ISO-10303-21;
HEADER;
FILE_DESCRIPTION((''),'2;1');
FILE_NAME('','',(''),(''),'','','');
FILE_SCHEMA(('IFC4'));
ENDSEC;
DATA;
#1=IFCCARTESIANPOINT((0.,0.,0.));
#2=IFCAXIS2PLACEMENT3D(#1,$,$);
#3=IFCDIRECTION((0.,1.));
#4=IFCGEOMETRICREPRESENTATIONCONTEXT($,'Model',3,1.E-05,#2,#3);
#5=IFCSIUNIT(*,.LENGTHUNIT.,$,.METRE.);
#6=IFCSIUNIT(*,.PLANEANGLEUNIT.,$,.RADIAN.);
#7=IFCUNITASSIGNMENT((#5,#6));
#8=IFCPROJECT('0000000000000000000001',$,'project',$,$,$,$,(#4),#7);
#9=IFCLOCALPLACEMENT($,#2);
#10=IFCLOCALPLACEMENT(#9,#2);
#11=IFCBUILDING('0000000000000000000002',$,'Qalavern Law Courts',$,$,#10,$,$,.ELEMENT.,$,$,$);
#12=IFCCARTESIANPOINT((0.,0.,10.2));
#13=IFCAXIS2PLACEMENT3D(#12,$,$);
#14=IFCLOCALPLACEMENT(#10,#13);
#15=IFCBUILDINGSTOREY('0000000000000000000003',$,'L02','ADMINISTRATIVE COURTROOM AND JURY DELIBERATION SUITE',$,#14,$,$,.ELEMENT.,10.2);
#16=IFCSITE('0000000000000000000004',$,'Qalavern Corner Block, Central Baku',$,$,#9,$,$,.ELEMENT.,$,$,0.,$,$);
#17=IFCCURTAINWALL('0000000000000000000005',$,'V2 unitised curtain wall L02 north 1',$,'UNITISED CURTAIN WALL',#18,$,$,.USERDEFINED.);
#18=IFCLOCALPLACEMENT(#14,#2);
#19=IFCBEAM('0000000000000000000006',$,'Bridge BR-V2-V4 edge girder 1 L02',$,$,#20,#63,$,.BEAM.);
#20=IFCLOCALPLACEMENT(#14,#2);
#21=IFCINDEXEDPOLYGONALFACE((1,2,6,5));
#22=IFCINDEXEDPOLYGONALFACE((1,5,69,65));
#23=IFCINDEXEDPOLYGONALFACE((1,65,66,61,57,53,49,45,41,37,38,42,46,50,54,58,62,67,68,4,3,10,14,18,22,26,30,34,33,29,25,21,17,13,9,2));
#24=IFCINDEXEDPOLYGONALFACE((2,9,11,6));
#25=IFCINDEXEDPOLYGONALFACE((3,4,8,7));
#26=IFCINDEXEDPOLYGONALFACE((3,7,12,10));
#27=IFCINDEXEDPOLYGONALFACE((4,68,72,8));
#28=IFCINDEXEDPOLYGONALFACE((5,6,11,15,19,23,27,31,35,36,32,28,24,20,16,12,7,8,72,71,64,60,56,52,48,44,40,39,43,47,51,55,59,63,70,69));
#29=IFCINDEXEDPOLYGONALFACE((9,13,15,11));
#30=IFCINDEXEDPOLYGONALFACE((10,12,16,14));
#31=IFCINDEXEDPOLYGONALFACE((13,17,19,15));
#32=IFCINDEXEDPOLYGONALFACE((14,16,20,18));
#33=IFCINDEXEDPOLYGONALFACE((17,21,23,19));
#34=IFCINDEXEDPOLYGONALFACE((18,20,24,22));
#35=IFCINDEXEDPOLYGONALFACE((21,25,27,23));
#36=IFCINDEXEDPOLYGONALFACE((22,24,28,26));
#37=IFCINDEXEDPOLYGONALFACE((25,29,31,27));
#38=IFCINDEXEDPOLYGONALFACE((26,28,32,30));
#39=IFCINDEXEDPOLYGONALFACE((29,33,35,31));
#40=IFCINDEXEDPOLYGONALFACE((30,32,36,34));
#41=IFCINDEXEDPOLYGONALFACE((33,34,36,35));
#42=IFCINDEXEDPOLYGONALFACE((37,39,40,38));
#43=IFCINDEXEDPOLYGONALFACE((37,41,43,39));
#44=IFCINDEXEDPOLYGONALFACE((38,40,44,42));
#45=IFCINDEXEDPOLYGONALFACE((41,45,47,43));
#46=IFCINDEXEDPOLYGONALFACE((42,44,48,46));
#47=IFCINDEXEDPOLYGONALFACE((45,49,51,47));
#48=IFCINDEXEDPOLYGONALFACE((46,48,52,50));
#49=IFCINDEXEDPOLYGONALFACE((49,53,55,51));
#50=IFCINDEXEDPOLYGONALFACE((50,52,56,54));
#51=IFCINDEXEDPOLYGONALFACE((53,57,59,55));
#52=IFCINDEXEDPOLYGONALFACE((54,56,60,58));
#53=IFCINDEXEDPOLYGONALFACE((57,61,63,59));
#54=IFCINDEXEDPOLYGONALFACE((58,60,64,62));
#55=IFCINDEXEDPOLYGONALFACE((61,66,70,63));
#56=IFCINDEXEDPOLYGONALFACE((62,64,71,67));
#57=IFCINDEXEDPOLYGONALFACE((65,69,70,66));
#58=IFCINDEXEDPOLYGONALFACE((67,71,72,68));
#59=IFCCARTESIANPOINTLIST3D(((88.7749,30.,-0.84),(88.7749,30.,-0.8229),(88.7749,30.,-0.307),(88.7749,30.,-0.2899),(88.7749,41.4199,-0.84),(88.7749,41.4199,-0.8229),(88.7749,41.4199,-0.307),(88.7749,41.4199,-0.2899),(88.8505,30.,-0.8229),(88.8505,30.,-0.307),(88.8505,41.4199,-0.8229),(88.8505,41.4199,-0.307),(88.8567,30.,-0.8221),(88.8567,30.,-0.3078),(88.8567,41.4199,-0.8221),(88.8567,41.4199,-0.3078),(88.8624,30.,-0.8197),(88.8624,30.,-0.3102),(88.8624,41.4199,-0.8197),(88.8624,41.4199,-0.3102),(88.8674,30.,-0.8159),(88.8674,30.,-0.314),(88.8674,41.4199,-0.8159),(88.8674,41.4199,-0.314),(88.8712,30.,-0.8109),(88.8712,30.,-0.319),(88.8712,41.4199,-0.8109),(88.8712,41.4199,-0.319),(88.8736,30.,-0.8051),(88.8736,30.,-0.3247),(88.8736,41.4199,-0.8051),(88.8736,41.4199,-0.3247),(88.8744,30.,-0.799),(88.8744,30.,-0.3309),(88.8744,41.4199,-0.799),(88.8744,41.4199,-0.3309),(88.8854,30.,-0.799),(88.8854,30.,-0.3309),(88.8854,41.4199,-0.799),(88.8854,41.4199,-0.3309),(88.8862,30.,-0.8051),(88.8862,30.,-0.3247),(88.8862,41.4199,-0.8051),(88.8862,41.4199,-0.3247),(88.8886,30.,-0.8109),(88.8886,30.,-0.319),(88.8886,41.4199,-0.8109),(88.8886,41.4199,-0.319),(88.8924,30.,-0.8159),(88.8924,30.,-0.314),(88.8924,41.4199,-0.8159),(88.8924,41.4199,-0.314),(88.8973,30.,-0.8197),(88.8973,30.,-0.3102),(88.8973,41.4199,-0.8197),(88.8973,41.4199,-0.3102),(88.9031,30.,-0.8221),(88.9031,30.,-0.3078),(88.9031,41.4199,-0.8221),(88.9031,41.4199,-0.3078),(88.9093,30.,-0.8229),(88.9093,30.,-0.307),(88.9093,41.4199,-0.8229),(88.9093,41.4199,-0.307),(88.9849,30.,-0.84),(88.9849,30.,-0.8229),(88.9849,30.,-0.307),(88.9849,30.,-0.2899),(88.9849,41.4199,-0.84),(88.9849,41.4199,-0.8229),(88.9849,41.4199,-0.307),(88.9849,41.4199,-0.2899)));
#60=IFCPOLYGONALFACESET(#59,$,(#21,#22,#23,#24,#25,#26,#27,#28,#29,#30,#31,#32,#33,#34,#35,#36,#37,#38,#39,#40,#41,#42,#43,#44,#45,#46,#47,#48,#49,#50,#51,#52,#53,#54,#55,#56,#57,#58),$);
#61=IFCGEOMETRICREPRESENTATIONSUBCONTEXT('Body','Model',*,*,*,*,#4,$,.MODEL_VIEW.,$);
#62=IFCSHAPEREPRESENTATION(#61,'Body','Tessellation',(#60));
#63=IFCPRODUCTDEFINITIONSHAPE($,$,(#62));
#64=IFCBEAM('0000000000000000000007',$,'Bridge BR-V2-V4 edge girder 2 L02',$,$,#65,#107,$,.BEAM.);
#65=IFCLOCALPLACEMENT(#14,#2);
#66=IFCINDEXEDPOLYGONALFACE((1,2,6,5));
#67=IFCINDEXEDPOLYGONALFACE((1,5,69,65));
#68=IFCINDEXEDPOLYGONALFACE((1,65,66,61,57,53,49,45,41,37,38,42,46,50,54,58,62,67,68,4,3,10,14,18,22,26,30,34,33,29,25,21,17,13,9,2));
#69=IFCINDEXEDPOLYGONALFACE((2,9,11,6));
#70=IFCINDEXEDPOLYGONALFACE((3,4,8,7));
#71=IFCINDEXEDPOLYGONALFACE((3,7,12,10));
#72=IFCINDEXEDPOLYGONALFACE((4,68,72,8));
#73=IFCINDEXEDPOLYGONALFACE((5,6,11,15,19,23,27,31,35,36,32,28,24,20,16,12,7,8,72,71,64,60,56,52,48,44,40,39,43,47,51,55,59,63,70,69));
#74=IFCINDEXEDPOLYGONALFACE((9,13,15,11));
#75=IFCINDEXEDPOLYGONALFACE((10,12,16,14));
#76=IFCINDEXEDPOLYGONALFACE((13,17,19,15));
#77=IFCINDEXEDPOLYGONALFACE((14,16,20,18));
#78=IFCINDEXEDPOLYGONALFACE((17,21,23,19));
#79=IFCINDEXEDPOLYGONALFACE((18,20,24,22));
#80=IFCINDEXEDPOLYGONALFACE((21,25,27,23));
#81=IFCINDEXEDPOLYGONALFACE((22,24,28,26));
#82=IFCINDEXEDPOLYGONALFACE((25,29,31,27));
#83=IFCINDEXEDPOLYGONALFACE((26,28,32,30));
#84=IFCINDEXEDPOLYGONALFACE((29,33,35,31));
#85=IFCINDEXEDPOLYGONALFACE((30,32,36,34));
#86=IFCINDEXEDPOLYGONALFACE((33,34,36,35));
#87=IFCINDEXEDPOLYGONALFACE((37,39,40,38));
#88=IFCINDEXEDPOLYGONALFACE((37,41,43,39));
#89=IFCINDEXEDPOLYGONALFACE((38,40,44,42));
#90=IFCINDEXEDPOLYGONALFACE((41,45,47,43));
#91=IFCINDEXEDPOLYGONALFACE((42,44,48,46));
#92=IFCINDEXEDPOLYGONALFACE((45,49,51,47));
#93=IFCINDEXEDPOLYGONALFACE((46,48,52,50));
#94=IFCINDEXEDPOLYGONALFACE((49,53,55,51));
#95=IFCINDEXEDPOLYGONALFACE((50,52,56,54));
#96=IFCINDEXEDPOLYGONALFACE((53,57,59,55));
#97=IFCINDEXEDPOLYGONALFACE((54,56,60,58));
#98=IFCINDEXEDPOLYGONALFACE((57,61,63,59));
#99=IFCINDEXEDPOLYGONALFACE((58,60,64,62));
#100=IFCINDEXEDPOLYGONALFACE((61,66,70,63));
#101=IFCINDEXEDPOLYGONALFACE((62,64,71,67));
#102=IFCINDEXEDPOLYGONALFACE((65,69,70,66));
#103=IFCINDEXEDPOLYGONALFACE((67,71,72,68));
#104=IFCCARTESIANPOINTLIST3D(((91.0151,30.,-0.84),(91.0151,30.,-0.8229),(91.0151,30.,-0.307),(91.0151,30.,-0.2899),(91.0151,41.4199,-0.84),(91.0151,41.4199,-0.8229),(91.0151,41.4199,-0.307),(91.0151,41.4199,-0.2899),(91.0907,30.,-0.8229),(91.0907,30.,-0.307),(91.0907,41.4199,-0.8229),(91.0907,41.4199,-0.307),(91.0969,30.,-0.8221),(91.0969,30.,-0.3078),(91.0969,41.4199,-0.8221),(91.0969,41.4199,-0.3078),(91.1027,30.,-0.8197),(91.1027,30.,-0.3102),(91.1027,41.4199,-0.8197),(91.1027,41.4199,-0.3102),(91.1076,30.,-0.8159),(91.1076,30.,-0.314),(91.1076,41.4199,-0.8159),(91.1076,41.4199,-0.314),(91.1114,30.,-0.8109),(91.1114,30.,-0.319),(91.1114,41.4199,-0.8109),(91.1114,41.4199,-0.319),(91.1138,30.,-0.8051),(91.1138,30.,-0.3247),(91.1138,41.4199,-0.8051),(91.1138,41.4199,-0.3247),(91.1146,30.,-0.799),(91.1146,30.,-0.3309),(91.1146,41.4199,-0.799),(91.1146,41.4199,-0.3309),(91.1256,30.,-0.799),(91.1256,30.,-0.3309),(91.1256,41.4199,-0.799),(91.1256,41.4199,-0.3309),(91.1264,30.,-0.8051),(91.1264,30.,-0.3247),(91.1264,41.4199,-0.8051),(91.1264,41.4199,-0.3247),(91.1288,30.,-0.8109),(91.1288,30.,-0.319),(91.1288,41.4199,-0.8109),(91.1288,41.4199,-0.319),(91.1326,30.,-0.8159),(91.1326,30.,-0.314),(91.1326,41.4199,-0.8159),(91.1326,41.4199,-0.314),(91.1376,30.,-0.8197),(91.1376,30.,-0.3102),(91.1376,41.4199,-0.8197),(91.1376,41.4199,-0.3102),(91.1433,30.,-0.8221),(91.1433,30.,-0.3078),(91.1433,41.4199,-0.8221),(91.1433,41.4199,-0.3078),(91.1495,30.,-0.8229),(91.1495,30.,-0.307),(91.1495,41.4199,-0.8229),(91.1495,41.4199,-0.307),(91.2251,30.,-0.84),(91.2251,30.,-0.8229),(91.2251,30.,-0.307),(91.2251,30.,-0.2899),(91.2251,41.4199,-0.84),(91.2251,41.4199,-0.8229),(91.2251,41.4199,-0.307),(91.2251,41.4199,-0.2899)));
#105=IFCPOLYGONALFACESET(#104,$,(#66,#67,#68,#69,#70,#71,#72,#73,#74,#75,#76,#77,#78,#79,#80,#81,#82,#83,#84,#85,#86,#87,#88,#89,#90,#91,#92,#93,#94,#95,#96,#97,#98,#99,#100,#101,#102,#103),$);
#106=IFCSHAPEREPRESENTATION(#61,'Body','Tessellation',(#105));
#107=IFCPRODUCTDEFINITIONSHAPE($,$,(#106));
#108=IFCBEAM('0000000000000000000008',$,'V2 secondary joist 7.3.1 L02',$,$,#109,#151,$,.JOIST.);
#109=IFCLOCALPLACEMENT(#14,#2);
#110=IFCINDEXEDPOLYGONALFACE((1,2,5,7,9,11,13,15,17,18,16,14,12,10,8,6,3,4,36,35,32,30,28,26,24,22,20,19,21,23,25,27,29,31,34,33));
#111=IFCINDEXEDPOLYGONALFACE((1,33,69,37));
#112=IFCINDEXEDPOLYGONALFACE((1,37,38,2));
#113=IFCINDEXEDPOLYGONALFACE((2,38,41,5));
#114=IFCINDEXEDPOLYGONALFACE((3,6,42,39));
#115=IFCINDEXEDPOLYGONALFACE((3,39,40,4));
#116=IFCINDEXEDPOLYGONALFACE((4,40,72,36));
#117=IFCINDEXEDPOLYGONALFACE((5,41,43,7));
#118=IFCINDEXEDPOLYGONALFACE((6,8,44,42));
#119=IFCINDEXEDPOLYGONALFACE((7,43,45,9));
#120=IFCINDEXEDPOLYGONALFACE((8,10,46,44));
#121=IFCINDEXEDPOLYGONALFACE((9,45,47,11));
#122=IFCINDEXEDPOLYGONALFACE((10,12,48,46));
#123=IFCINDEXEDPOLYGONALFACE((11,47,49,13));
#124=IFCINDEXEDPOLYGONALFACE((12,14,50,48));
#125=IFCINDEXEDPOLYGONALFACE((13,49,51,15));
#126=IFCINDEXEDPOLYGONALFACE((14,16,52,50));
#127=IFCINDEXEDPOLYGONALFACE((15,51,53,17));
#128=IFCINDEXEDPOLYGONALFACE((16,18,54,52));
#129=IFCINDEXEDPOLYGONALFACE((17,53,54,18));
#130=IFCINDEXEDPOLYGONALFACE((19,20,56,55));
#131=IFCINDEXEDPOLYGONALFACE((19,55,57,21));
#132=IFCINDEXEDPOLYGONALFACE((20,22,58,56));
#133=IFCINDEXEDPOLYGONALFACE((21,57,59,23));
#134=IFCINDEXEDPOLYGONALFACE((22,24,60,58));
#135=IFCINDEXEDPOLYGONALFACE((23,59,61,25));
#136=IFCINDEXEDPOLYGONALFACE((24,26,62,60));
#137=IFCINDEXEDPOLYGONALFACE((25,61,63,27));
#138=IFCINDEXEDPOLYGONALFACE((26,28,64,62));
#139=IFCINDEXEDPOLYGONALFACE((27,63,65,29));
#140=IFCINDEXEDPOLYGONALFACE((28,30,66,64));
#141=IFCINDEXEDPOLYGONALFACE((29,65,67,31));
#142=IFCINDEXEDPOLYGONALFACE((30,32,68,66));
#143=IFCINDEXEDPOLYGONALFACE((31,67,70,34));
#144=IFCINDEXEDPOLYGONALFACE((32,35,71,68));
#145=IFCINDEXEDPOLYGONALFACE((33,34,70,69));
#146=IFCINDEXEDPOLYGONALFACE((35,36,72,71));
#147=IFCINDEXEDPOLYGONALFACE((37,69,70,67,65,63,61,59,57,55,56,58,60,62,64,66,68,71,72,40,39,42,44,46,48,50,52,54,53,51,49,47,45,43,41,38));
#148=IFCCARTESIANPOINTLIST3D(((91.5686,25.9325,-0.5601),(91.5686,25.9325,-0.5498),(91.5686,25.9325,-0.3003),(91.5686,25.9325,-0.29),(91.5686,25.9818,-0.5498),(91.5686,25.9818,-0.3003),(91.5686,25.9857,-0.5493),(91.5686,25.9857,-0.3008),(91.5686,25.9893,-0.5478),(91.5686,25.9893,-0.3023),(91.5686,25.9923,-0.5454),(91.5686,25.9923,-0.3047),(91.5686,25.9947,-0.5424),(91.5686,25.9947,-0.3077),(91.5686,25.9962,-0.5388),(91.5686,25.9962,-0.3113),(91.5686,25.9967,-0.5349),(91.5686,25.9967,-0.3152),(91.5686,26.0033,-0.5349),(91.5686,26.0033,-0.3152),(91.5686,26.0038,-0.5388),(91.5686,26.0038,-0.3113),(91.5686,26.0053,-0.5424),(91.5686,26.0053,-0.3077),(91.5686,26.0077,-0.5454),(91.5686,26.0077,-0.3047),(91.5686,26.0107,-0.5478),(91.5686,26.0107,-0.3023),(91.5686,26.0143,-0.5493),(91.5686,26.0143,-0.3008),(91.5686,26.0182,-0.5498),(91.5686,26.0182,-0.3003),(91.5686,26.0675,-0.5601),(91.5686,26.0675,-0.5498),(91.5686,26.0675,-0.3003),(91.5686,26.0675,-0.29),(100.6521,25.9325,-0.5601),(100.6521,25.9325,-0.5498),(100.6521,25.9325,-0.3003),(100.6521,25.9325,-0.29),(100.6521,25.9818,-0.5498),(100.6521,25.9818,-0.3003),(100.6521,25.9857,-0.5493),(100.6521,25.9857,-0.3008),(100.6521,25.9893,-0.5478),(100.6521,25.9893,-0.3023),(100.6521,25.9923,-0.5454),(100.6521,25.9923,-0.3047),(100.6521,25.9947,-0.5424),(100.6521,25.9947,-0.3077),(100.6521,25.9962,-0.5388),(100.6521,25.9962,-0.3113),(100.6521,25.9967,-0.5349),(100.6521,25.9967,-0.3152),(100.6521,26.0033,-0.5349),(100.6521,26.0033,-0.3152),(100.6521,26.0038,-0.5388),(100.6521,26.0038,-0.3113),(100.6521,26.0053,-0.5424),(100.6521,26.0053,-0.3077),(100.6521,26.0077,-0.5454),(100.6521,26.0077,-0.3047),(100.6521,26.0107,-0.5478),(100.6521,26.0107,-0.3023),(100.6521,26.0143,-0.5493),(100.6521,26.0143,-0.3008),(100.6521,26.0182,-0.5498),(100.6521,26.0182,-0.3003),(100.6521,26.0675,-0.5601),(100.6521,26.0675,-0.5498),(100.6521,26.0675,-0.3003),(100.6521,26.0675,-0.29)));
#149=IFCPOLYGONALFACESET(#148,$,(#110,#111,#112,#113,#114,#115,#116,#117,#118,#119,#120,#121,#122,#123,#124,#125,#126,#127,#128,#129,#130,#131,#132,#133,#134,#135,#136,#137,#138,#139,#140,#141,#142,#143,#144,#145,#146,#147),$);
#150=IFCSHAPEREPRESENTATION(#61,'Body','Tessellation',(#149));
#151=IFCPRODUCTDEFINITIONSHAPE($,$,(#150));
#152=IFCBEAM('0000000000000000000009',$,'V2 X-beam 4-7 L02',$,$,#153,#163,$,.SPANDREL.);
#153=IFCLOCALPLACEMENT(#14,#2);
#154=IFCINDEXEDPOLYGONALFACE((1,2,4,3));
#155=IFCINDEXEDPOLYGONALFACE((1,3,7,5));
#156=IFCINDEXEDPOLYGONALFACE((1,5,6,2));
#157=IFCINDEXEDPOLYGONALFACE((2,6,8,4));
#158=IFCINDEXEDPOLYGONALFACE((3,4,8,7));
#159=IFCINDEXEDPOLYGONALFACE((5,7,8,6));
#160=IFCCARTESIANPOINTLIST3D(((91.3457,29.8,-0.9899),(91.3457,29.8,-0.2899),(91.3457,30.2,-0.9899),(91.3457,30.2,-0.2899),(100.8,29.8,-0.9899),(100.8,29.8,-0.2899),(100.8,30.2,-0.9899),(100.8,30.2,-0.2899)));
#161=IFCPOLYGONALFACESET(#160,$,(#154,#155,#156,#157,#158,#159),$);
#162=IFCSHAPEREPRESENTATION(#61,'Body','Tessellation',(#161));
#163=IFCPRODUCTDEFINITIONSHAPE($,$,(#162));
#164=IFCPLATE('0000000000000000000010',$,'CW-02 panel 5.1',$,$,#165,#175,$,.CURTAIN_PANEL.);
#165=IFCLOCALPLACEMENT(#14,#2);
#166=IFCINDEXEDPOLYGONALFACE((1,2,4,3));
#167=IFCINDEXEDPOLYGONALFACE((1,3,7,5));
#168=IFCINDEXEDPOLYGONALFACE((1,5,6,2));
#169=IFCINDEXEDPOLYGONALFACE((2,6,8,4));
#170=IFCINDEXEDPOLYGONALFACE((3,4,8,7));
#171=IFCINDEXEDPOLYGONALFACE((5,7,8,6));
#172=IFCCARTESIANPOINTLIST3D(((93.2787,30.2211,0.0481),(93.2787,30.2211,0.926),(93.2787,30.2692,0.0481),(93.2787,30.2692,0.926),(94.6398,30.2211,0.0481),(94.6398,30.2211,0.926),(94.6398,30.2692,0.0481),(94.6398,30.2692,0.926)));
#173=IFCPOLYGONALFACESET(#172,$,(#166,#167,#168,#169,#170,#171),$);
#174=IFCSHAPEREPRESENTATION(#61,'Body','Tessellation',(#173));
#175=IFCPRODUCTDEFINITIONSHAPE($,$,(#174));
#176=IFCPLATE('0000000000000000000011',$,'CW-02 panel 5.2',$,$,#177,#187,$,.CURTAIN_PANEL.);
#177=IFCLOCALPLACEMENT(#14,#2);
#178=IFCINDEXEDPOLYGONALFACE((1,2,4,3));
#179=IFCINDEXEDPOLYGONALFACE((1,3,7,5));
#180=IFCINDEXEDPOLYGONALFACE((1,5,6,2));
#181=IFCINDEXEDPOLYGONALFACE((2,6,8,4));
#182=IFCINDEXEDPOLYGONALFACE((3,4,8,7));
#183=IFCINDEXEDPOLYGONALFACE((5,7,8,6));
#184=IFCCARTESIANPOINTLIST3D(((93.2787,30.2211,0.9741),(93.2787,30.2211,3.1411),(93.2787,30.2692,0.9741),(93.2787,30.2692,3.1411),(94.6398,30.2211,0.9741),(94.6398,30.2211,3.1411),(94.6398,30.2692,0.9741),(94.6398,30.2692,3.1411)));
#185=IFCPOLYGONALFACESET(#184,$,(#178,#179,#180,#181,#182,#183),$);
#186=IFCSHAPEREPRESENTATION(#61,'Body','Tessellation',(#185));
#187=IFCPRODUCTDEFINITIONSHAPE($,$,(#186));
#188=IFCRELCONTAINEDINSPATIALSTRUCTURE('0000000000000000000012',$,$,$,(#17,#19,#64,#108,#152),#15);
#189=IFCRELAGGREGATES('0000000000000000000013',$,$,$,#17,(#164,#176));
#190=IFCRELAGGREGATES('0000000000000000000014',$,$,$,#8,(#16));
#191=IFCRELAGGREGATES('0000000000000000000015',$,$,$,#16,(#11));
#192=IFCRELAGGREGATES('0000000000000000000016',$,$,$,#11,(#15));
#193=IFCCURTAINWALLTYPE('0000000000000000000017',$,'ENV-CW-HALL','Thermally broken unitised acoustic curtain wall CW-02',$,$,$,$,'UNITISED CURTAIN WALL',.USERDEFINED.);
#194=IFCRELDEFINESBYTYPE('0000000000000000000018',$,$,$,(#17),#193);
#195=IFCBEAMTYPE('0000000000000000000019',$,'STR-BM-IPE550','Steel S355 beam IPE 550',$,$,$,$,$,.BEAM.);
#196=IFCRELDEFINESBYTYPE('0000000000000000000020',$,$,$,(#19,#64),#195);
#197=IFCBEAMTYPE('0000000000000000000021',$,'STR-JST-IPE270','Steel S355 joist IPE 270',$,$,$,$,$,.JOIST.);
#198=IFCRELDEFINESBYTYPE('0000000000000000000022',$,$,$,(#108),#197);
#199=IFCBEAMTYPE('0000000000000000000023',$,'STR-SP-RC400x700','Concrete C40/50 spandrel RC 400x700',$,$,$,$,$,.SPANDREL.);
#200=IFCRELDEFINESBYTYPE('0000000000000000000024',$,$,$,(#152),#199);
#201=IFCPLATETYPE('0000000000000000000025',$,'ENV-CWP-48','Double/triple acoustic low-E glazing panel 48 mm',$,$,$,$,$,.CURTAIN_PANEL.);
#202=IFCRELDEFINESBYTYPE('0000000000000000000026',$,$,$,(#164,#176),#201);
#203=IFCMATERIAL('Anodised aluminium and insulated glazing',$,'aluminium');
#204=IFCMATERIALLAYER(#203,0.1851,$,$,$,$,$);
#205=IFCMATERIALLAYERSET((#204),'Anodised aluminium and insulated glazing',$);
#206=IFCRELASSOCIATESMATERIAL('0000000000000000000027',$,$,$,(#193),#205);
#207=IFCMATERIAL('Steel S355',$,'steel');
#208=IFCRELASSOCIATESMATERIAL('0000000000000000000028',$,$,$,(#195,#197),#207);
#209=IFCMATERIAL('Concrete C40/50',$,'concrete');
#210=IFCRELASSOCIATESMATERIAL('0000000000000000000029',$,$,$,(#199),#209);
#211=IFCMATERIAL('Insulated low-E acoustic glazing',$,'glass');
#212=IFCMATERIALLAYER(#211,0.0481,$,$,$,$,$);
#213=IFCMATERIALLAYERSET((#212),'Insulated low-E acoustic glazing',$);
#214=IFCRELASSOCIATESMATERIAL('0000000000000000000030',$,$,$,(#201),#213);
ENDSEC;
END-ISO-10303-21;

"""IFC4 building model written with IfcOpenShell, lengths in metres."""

from ifc_helpers import new_model, si_unit, direction, frame, origin, origin_2d, place, context, subcontext, project, spatial, rectangle, i_section, extrude, material, layer, layer_set, material_profile, profile_set, type_object, element, aggregate, save


model = new_model("IFC4")

# Units and contexts
model_context = context("Model", 3, precision=1e-05, world=origin(), true_north=direction((0.0, 1.0)))
body_context = subcontext(model_context, "Body", "Model", "MODEL_VIEW")
ifc_project = project(units=[si_unit("LENGTHUNIT", "METRE"), si_unit("PLANEANGLEUNIT", "RADIAN")], contexts=[model_context])

# Site, building, storey
site_placement = place(None, origin())
site = spatial("IfcSite", under=ifc_project, at=site_placement, Name="Qalavern Corner Block, Central Baku", CompositionType="ELEMENT", RefElevation=0.0)
building_placement = place(site_placement, origin())
building = spatial("IfcBuilding", under=site, at=building_placement, Name="Qalavern Law Courts", CompositionType="ELEMENT")
storey_placement = place(building_placement, frame((0.0, 0.0, 10.2)))
storey = spatial("IfcBuildingStorey", under=building, at=storey_placement, Name="L02", Description="ADMINISTRATIVE COURTROOM AND JURY DELIBERATION SUITE", CompositionType="ELEMENT", Elevation=10.2)

# Curtain wall
ifc_material_1 = material(Name="Anodised aluminium and insulated glazing", Category="aluminium")
ifc_layer_1 = layer(ifc_material_1, 0.1851)
ifc_layer_set_1 = layer_set([ifc_layer_1], Name="Anodised aluminium and insulated glazing")
curtain_wall_type = type_object("IfcCurtainWallType", Name="ENV-CW-HALL", Description="Thermally broken unitised acoustic curtain wall CW-02", ElementType="UNITISED CURTAIN WALL", PredefinedType="USERDEFINED", material=ifc_layer_set_1)
curtain_wall_placement = place(storey_placement, origin())
curtain_wall = element("IfcCurtainWall", 1, at=curtain_wall_placement, inside=storey, type_object=curtain_wall_type, Name="V2 unitised curtain wall L02 north 1", ObjectType="UNITISED CURTAIN WALL", PredefinedType="USERDEFINED")

# Beams
ifc_material_2 = material(Name="Steel S355", Category="steel")
ifc_material_profile_1 = material_profile(ifc_material_2, i_section(OverallWidth=0.21, OverallDepth=0.55, WebThickness=0.011, FlangeThickness=0.0171, FilletRadius=0.0239, at=origin_2d()), Name="IPE 550")
ifc_profile_set_1 = profile_set([ifc_material_profile_1], Name="Steel S355")
beam_type_1 = type_object("IfcBeamType", Name="STR-BM-IPE550", Description="Steel S355 beam IPE 550", PredefinedType="BEAM", material=ifc_profile_set_1)
for number, where, z_axis, x_axis, name in (
    (2, (88.8799, 30.0, -0.5649), (0.0, 1.0, 0.0), (-1.0, 0.0, 0.0), "Bridge BR-V2-V4 edge girder 1 L02"),
    (3, (91.1201, 30.0, -0.5649), (0.0, 1.0, 0.0), (-1.0, 0.0, 0.0), "Bridge BR-V2-V4 edge girder 2 L02"),
):
    element("IfcBeam", number, at=place(storey_placement, frame(where, z_axis=z_axis, x_axis=x_axis)), inside=storey, type_object=beam_type_1, Name=name, PredefinedType="BEAM", context=body_context, shape_type="SweptSolid", body=[
        extrude(i_section(OverallWidth=0.21, OverallDepth=0.55, WebThickness=0.011, FlangeThickness=0.0171, FilletRadius=0.0239, at=origin_2d()), origin(), (0.0, 0.0, 1.0), 11.4199),
    ])
ifc_material_profile_2 = material_profile(ifc_material_2, i_section(OverallWidth=0.135, OverallDepth=0.27, WebThickness=0.0066, FlangeThickness=0.0103, FilletRadius=0.0149, at=origin_2d()), Name="IPE 270")
ifc_profile_set_2 = profile_set([ifc_material_profile_2], Name="Steel S355")
beam_type_2 = type_object("IfcBeamType", Name="STR-JST-IPE270", Description="Steel S355 joist IPE 270", PredefinedType="JOIST", material=ifc_profile_set_2)
beam_1_placement = place(storey_placement, frame((91.5686, 26.0, -0.425), z_axis=(1.0, 0.0, 0.0), x_axis=(0.0, 1.0, 0.0)))
element("IfcBeam", 4, at=beam_1_placement, inside=storey, type_object=beam_type_2, Name="V2 secondary joist 7.3.1 L02", PredefinedType="JOIST", context=body_context, shape_type="SweptSolid", body=[
    extrude(i_section(OverallWidth=0.135, OverallDepth=0.27, WebThickness=0.0066, FlangeThickness=0.0103, FilletRadius=0.0149, at=origin_2d()), origin(), (0.0, 0.0, 1.0), 9.0835),
])
ifc_material_3 = material(Name="Concrete C40/50", Category="concrete")
ifc_material_profile_3 = material_profile(ifc_material_3, rectangle(XDim=0.3999, YDim=0.7, at=origin_2d()), Name="RC 400x700")
ifc_profile_set_3 = profile_set([ifc_material_profile_3], Name="Concrete C40/50")
beam_type_3 = type_object("IfcBeamType", Name="STR-SP-RC400x700", Description="Concrete C40/50 spandrel RC 400x700", PredefinedType="SPANDREL", material=ifc_profile_set_3)
beam_2_placement = place(storey_placement, frame((91.3457, 30.0, -0.6399), z_axis=(1.0, 0.0, 0.0), x_axis=(0.0, 1.0, 0.0)))
element("IfcBeam", 5, at=beam_2_placement, inside=storey, type_object=beam_type_3, Name="V2 X-beam 4-7 L02", PredefinedType="SPANDREL", context=body_context, shape_type="SweptSolid", body=[
    extrude(rectangle(XDim=0.3999, YDim=0.7, at=origin_2d()), origin(), (0.0, 0.0, 1.0), 9.4543),
])

# Plates
ifc_material_4 = material(Name="Insulated low-E acoustic glazing", Category="glass")
ifc_layer_2 = layer(ifc_material_4, 0.0481)
ifc_layer_set_2 = layer_set([ifc_layer_2], Name="Insulated low-E acoustic glazing")
plate_type = type_object("IfcPlateType", Name="ENV-CWP-48", Description="Double/triple acoustic low-E glazing panel 48 mm", PredefinedType="CURTAIN_PANEL", material=ifc_layer_set_2)
plate_1_placement = place(storey_placement, frame((93.9592, 30.2451, 0.0481), z_axis=(0.0, 0.0, 1.0), x_axis=(-1.0, 0.0, 0.0)))
plate_1 = element("IfcPlate", 6, at=plate_1_placement, type_object=plate_type, Name="CW-02 panel 5.1", PredefinedType="CURTAIN_PANEL", context=body_context, shape_type="SweptSolid", body=[
    extrude(rectangle(XDim=1.3611, YDim=0.0481, at=origin_2d()), origin(), (0.0, 0.0, 1.0), 0.8779),
])
plate_2_placement = place(storey_placement, frame((93.9592, 30.2451, 0.9741), z_axis=(0.0, 0.0, 1.0), x_axis=(-1.0, 0.0, 0.0)))
plate_2 = element("IfcPlate", 7, at=plate_2_placement, type_object=plate_type, Name="CW-02 panel 5.2", PredefinedType="CURTAIN_PANEL", context=body_context, shape_type="SweptSolid", body=[
    extrude(rectangle(XDim=1.3611, YDim=0.0481, at=origin_2d()), origin(), (0.0, 0.0, 1.0), 2.167),
])
aggregate(curtain_wall, [plate_1, plate_2])

save(model, "model.ifc")
